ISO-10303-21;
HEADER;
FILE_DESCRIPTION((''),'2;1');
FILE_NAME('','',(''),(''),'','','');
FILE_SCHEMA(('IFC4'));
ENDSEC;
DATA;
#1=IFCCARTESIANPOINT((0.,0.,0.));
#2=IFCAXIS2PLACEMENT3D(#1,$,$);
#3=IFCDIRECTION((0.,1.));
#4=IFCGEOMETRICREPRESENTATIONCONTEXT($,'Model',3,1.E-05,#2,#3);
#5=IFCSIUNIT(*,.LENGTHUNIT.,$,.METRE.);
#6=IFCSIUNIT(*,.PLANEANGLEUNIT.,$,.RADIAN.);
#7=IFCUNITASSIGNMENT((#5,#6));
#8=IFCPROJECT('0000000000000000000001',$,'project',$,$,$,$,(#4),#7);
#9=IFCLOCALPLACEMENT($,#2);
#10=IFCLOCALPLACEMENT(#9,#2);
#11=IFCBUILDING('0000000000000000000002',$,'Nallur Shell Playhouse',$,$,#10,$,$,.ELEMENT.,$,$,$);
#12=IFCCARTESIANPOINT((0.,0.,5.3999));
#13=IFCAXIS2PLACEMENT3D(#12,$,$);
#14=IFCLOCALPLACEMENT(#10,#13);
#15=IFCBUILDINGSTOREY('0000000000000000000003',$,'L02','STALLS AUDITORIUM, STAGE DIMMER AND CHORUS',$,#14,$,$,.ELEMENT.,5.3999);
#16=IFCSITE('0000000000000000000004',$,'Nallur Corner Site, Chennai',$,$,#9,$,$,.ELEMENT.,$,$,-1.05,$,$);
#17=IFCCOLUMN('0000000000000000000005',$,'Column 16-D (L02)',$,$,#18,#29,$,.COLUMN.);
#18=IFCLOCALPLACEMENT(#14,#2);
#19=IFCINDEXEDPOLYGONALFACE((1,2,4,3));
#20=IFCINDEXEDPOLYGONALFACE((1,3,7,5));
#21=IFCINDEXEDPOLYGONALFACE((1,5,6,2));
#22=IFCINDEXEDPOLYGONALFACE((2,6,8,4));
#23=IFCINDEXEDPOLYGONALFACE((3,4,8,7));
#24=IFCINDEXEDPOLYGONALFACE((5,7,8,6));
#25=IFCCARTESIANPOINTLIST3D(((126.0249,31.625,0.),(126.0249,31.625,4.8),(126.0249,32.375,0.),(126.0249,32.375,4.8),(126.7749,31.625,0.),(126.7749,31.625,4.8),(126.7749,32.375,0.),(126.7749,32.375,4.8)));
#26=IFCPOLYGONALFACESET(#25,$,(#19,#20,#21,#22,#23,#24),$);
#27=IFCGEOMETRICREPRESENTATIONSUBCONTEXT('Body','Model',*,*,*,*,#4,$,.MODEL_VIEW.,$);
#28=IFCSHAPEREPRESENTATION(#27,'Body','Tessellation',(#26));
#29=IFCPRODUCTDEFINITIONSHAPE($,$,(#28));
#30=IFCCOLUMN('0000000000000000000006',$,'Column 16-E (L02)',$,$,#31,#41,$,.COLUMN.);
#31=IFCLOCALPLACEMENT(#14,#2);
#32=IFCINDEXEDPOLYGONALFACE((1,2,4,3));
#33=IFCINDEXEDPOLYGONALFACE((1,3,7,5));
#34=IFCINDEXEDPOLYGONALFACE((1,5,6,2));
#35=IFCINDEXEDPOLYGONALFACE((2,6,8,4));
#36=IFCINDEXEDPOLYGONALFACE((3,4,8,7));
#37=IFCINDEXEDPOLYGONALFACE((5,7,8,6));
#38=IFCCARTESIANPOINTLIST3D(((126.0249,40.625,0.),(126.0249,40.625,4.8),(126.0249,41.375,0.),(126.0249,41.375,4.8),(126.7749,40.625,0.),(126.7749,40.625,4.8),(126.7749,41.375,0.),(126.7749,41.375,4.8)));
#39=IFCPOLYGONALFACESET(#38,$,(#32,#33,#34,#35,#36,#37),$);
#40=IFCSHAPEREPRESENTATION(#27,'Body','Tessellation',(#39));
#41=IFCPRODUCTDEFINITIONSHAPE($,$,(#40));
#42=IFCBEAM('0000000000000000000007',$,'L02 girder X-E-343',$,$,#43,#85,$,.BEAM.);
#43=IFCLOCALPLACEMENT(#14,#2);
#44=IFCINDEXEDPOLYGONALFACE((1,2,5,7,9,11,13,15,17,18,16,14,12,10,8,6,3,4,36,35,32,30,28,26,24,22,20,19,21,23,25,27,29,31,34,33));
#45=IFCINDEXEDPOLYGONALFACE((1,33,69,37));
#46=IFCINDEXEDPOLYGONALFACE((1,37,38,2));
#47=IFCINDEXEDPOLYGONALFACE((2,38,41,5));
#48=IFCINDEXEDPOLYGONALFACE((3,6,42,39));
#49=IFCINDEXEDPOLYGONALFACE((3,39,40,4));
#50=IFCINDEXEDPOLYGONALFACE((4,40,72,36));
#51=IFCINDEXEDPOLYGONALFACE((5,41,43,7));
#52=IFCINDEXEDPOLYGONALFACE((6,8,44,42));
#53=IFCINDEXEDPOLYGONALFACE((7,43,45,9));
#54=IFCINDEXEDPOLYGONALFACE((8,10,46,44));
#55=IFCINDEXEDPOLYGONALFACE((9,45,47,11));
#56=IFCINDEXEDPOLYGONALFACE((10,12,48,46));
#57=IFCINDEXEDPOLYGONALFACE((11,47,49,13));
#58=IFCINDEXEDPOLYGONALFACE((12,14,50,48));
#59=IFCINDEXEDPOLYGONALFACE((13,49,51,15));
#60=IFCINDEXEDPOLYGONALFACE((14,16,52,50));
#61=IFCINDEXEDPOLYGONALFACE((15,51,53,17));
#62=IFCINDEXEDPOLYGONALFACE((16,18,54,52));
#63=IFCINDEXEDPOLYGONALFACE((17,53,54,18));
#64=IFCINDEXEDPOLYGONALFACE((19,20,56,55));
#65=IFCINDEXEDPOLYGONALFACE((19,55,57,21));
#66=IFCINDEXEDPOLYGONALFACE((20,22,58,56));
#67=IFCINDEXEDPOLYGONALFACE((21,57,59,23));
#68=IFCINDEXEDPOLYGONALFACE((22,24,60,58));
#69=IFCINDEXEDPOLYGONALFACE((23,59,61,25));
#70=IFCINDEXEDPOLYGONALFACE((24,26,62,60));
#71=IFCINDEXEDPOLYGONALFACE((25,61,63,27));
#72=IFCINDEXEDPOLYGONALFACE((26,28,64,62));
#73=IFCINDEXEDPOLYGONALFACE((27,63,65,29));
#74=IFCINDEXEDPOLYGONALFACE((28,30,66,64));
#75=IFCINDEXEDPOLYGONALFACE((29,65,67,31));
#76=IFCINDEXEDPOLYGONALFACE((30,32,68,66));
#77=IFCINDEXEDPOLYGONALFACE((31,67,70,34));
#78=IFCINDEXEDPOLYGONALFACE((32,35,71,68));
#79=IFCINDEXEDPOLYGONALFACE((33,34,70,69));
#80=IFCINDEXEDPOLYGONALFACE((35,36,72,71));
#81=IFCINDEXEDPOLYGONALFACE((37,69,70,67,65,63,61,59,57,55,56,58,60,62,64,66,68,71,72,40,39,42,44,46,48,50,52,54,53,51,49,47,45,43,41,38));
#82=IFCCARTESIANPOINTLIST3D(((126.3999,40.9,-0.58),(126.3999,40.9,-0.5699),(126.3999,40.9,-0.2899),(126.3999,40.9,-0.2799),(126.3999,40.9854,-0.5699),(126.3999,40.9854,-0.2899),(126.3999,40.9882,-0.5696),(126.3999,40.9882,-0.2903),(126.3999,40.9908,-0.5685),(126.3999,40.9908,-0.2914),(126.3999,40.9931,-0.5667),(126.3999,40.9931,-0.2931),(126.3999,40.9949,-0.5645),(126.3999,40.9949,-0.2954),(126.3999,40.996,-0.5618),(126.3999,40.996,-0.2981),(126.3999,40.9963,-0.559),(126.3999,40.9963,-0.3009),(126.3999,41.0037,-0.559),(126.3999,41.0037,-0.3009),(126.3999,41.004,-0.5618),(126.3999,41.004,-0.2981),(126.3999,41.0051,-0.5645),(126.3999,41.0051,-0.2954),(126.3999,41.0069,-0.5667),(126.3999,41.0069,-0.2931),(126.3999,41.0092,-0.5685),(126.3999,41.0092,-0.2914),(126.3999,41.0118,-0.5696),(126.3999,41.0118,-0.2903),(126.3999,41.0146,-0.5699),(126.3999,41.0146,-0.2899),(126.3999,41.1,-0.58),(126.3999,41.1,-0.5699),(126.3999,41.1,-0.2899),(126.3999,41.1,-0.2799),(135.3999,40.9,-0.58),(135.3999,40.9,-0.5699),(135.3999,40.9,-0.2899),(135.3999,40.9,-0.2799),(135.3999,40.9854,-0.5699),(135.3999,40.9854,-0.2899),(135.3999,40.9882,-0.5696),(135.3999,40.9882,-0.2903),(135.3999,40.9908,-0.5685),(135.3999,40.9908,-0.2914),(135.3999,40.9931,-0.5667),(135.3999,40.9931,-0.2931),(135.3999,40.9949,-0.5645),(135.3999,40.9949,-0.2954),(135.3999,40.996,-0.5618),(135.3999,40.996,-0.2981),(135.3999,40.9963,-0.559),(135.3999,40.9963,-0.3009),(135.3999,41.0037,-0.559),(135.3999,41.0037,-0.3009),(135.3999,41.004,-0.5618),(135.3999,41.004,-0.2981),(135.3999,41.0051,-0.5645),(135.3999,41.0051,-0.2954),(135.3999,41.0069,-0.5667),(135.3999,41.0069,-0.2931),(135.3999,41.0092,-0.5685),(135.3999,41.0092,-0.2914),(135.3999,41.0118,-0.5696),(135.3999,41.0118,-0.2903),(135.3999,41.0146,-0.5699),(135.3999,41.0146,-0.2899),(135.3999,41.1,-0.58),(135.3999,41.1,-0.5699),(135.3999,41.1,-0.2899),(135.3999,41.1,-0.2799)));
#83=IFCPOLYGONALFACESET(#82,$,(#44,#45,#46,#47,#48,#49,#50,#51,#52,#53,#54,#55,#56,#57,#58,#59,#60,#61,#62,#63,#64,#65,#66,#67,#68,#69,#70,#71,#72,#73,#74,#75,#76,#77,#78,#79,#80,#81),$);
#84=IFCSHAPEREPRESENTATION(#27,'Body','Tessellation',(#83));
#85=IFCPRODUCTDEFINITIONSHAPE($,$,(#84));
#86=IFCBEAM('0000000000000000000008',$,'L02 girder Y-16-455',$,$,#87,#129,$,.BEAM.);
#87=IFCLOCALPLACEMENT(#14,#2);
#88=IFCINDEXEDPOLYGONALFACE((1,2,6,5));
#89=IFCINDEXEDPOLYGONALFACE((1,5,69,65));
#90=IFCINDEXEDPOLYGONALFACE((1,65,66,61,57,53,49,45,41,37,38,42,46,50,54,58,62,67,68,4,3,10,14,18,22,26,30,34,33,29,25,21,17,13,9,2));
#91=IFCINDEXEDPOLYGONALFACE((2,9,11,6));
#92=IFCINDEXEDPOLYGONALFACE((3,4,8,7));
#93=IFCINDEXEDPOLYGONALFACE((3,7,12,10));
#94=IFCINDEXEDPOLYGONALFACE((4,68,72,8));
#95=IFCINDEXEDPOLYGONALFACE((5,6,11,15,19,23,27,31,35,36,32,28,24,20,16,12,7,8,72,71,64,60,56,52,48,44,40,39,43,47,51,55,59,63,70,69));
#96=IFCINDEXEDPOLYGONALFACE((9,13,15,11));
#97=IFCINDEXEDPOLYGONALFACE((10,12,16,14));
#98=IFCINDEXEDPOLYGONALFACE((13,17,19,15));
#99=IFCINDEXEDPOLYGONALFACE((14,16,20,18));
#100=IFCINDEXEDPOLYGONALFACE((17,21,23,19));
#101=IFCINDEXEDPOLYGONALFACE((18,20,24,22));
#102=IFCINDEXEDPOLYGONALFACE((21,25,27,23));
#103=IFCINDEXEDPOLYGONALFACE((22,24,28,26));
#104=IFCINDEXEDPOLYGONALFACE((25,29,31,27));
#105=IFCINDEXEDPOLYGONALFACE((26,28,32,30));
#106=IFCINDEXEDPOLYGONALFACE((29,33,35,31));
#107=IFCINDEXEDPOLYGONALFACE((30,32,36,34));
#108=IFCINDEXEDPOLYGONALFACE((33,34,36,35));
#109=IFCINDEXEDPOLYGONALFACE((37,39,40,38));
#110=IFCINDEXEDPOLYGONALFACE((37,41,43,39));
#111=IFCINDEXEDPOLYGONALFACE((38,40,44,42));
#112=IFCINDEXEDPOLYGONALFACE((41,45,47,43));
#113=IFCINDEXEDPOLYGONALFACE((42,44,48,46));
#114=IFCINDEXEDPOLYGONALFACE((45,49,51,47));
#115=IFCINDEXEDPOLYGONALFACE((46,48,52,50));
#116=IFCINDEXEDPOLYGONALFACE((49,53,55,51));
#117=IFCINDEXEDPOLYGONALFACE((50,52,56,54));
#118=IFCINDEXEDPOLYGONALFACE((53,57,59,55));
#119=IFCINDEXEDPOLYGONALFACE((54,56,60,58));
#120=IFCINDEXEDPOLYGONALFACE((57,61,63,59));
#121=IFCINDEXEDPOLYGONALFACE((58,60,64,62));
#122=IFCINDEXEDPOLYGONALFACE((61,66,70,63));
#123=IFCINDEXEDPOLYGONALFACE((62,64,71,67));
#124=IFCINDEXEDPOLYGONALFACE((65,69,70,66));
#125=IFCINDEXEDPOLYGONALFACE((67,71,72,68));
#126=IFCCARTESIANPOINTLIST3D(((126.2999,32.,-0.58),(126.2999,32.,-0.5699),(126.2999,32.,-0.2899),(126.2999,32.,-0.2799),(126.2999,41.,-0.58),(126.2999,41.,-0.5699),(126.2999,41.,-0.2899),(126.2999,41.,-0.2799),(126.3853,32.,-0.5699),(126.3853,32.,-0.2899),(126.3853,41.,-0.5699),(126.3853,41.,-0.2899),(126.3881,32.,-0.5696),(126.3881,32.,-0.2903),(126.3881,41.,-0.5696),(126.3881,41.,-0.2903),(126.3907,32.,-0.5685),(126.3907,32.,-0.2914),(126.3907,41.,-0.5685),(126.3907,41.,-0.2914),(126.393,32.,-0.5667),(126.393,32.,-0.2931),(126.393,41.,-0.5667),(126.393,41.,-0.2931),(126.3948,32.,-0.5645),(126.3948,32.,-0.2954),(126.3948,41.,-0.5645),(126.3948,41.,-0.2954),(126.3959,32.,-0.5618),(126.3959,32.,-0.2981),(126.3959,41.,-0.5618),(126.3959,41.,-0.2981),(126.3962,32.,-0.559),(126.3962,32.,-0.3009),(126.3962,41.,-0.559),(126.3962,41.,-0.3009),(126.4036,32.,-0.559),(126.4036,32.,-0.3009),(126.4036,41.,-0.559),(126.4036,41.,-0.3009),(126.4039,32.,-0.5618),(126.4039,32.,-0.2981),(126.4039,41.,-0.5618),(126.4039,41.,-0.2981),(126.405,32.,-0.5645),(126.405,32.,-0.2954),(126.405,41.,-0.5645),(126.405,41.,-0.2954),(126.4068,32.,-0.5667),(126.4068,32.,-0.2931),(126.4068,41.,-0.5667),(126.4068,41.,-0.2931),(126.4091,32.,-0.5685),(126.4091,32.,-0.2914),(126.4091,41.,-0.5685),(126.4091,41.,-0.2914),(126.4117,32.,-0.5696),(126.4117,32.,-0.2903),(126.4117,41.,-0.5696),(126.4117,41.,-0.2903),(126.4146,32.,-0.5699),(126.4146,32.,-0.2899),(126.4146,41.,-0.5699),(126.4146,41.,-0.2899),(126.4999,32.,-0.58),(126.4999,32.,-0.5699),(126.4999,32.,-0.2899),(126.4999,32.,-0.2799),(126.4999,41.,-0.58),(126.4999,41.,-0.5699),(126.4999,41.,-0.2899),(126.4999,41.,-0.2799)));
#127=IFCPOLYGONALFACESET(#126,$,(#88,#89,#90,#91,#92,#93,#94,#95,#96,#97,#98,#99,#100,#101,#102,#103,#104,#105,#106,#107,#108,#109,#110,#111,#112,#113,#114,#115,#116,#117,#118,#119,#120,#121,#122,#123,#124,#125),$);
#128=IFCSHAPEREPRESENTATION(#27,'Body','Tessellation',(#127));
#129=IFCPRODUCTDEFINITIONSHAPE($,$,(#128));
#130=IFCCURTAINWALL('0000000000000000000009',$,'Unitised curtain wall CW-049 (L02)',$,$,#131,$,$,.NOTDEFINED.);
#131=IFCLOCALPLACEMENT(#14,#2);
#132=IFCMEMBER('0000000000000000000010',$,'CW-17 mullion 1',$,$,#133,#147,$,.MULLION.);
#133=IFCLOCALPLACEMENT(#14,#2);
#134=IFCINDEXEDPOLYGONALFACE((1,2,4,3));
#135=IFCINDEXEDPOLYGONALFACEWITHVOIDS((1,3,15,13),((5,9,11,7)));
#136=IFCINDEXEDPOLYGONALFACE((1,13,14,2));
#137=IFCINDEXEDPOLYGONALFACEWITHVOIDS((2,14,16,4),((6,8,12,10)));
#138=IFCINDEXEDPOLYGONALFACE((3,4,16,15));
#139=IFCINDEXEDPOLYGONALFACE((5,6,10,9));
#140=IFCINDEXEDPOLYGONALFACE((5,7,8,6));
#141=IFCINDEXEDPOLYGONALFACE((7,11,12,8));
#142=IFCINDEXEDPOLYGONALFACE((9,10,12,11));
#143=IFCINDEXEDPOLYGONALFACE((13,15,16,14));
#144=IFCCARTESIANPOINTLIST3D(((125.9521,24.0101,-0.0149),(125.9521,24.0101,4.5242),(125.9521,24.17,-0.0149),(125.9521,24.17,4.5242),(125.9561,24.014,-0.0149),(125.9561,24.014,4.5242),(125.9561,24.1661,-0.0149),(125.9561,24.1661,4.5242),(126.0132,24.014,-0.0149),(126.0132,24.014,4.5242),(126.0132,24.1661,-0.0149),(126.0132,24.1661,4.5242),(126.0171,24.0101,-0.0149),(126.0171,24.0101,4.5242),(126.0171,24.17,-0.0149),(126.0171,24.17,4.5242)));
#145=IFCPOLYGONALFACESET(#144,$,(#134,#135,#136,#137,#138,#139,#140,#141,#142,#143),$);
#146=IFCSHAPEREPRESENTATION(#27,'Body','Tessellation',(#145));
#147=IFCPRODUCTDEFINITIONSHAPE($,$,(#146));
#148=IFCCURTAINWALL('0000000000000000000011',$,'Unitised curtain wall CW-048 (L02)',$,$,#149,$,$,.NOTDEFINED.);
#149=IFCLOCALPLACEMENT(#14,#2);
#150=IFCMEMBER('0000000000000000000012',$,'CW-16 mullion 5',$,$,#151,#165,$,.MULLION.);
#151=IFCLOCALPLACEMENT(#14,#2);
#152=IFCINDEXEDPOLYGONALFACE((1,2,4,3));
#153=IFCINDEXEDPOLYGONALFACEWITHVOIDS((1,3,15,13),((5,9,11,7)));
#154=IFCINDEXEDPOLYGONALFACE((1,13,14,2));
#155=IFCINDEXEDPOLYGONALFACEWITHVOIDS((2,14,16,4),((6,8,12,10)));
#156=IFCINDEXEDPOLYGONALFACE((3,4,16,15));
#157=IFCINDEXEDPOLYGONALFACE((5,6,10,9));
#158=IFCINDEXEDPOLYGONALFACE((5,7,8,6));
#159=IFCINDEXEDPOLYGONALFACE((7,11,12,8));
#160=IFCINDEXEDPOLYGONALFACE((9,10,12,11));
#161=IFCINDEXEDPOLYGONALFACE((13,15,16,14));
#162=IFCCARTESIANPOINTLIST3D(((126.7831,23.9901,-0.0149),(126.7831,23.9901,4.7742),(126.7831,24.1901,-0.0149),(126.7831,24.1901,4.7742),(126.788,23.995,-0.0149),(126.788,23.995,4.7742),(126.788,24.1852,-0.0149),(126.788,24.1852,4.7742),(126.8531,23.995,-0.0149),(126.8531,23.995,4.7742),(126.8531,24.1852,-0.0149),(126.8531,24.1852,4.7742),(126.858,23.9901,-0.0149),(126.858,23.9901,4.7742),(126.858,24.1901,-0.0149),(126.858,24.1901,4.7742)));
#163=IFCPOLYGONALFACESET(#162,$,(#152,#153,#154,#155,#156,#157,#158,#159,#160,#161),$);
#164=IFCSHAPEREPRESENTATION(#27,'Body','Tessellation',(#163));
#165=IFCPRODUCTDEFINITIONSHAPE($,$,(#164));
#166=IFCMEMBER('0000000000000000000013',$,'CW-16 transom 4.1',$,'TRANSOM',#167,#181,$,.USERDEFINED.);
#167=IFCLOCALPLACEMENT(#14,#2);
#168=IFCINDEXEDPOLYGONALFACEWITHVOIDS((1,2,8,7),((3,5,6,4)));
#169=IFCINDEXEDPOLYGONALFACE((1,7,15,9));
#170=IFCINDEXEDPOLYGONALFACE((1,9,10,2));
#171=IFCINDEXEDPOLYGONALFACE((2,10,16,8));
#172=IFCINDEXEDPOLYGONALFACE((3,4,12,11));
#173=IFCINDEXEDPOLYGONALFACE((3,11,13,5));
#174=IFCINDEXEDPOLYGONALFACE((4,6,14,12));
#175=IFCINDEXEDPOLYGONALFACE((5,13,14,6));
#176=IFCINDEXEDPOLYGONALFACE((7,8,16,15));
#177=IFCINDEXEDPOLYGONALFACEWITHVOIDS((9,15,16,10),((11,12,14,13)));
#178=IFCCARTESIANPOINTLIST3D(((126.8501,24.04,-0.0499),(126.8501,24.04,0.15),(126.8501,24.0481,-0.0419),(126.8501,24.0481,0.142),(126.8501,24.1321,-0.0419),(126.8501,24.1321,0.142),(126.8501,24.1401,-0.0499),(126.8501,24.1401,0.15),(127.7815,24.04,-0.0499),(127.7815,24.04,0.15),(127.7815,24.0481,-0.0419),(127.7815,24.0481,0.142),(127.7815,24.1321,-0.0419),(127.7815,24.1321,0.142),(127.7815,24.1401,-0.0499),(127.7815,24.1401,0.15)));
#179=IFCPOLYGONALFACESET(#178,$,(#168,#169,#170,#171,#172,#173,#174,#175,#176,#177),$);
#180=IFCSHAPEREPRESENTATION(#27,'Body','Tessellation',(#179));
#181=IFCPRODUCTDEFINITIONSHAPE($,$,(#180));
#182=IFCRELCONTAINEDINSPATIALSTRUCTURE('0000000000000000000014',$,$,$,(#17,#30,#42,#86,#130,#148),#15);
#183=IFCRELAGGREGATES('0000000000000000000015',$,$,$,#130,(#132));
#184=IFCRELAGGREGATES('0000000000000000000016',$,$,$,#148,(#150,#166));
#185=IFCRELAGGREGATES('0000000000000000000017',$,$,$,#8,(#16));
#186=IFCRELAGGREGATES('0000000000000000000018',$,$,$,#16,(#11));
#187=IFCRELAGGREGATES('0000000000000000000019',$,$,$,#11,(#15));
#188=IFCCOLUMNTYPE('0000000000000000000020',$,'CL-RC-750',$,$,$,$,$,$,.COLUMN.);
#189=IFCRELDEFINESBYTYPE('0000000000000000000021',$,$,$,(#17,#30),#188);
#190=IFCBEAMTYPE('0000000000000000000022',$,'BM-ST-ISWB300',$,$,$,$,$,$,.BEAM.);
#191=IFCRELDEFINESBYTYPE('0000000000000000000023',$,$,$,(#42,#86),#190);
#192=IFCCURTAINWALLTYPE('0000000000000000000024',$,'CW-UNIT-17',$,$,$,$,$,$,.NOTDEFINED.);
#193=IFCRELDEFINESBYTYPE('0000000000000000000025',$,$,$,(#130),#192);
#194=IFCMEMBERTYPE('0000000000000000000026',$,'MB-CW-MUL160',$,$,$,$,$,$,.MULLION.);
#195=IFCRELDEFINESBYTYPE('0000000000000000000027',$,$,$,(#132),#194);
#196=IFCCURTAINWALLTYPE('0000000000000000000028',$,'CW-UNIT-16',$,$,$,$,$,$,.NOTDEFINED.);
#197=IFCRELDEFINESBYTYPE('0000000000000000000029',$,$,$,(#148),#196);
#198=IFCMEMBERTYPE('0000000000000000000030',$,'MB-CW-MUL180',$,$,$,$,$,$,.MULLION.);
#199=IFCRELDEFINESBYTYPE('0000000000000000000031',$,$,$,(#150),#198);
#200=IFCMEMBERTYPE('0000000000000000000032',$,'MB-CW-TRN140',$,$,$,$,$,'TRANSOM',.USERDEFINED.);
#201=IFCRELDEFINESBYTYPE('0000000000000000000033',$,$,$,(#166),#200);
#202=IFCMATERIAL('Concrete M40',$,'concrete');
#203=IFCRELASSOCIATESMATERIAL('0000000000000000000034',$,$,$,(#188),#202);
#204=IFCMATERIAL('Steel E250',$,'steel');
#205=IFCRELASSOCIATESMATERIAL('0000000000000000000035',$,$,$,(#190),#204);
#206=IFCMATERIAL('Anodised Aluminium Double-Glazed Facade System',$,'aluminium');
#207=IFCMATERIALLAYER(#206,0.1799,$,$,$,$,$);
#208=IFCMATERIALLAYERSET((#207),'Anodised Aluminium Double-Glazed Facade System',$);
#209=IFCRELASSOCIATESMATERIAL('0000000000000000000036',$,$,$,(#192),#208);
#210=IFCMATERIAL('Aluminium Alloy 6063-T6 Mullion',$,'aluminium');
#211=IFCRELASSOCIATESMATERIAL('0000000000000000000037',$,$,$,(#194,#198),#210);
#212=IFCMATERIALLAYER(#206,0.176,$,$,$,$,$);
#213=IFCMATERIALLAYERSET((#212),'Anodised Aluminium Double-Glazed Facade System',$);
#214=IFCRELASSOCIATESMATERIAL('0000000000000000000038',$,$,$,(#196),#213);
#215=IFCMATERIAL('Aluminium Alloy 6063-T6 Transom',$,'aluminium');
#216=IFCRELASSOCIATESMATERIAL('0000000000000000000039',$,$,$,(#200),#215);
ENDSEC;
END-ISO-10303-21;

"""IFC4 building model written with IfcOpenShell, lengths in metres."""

from ifc_helpers import new_model, si_unit, direction, frame, origin, origin_2d, place, context, subcontext, project, spatial, rectangle, hollow_rectangle, i_section, extrude, material, layer, layer_set, material_profile, profile_set, type_object, element, aggregate, save


model = new_model("IFC4")

# Units and contexts
model_context = context("Model", 3, precision=1e-05, world=origin(), true_north=direction((0.0, 1.0)))
body_context = subcontext(model_context, "Body", "Model", "MODEL_VIEW")
ifc_project = project(units=[si_unit("LENGTHUNIT", "METRE"), si_unit("PLANEANGLEUNIT", "RADIAN")], contexts=[model_context])

# Site, building, storey
site_placement = place(None, origin())
site = spatial("IfcSite", under=ifc_project, at=site_placement, Name="Nallur Corner Site, Chennai", CompositionType="ELEMENT", RefElevation=-1.05)
building_placement = place(site_placement, origin())
building = spatial("IfcBuilding", under=site, at=building_placement, Name="Nallur Shell Playhouse", CompositionType="ELEMENT")
storey_placement = place(building_placement, frame((0.0, 0.0, 5.3999)))
storey = spatial("IfcBuildingStorey", under=building, at=storey_placement, Name="L02", Description="STALLS AUDITORIUM, STAGE DIMMER AND CHORUS", CompositionType="ELEMENT", Elevation=5.3999)

# Columns
ifc_material_1 = material(Name="Concrete M40", Category="concrete")
ifc_material_profile_1 = material_profile(ifc_material_1, rectangle(XDim=0.75, YDim=0.75, at=origin_2d()), Name="RC 750x750")
ifc_profile_set_1 = profile_set([ifc_material_profile_1], Name="Concrete M40")
column_type = type_object("IfcColumnType", Name="CL-RC-750", PredefinedType="COLUMN", material=ifc_profile_set_1)
for number, where, z_axis, x_axis, name in (
    (1, (126.3999, 32.0, 0.0), (0.0, 0.0, 1.0), (1.0, 0.0, 0.0), "Column 16-D (L02)"),
    (2, (126.3999, 41.0, 0.0), (0.0, 0.0, 1.0), (1.0, 0.0, 0.0), "Column 16-E (L02)"),
):
    element("IfcColumn", number, at=place(storey_placement, frame(where, z_axis=z_axis, x_axis=x_axis)), inside=storey, type_object=column_type, Name=name, PredefinedType="COLUMN", context=body_context, shape_type="SweptSolid", body=[
        extrude(rectangle(XDim=0.75, YDim=0.75, at=origin_2d()), origin(), (0.0, 0.0, 1.0), 4.8),
    ])

# Beams
ifc_material_2 = material(Name="Steel E250", Category="steel")
ifc_material_profile_2 = material_profile(ifc_material_2, i_section(OverallWidth=0.2, OverallDepth=0.3, WebThickness=0.0073, FlangeThickness=0.01, FilletRadius=0.011, at=origin_2d()), Name="ISWB 300")
ifc_profile_set_2 = profile_set([ifc_material_profile_2], Name="Steel E250")
beam_type = type_object("IfcBeamType", Name="BM-ST-ISWB300", PredefinedType="BEAM", material=ifc_profile_set_2)
for number, where, z_axis, x_axis, name in (
    (3, (126.3999, 41.0, -0.4299), (1.0, 0.0, 0.0), (0.0, 1.0, 0.0), "L02 girder X-E-343"),
    (4, (126.3999, 32.0, -0.4299), (0.0, 1.0, 0.0), (-1.0, 0.0, 0.0), "L02 girder Y-16-455"),
):
    element("IfcBeam", number, at=place(storey_placement, frame(where, z_axis=z_axis, x_axis=x_axis)), inside=storey, type_object=beam_type, Name=name, PredefinedType="BEAM", context=body_context, shape_type="SweptSolid", body=[
        extrude(i_section(OverallWidth=0.2, OverallDepth=0.3, WebThickness=0.0073, FlangeThickness=0.01, FilletRadius=0.011, at=origin_2d()), origin(), (0.0, 0.0, 1.0), 9.0),
    ])

# Curtain wall, member
ifc_material_3 = material(Name="Anodised Aluminium Double-Glazed Facade System", Category="aluminium")
ifc_layer_1 = layer(ifc_material_3, 0.1799)
ifc_layer_set_1 = layer_set([ifc_layer_1], Name="Anodised Aluminium Double-Glazed Facade System")
curtain_wall_type_1 = type_object("IfcCurtainWallType", Name="CW-UNIT-17", PredefinedType="NOTDEFINED", material=ifc_layer_set_1)
curtain_wall_1_placement = place(storey_placement, origin())
curtain_wall_1 = element("IfcCurtainWall", 5, at=curtain_wall_1_placement, inside=storey, type_object=curtain_wall_type_1, Name="Unitised curtain wall CW-049 (L02)", PredefinedType="NOTDEFINED")
ifc_material_4 = material(Name="Aluminium Alloy 6063-T6 Mullion", Category="aluminium")
ifc_material_profile_3 = material_profile(ifc_material_4, hollow_rectangle(XDim=0.0649, YDim=0.1599, WallThickness=0.0039, at=origin_2d()), Name="ALU 65x160x4")
ifc_profile_set_3 = profile_set([ifc_material_profile_3], Name="Aluminium Alloy 6063-T6 Mullion")
member_type_1 = type_object("IfcMemberType", Name="MB-CW-MUL160", PredefinedType="MULLION", material=ifc_profile_set_3)
member_1_placement = place(storey_placement, frame((125.9846, 24.0901, -0.0149), z_axis=(0.0, 0.0, 1.0), x_axis=(-1.0, 0.0, 0.0)))
member_1 = element("IfcMember", 6, at=member_1_placement, type_object=member_type_1, Name="CW-17 mullion 1", PredefinedType="MULLION", context=body_context, shape_type="SweptSolid", body=[
    extrude(hollow_rectangle(XDim=0.0649, YDim=0.1599, WallThickness=0.0039, at=origin_2d()), origin(), (0.0, 0.0, 1.0), 4.5391),
])
aggregate(curtain_wall_1, [member_1])

# Curtain wall, members
ifc_layer_2 = layer(ifc_material_3, 0.176)
ifc_layer_set_2 = layer_set([ifc_layer_2], Name="Anodised Aluminium Double-Glazed Facade System")
curtain_wall_type_2 = type_object("IfcCurtainWallType", Name="CW-UNIT-16", PredefinedType="NOTDEFINED", material=ifc_layer_set_2)
curtain_wall_2_placement = place(storey_placement, origin())
curtain_wall_2 = element("IfcCurtainWall", 7, at=curtain_wall_2_placement, inside=storey, type_object=curtain_wall_type_2, Name="Unitised curtain wall CW-048 (L02)", PredefinedType="NOTDEFINED")
ifc_material_profile_4 = material_profile(ifc_material_4, hollow_rectangle(XDim=0.075, YDim=0.2, WallThickness=0.0049, at=origin_2d()), Name="ALU 75x200x5")
ifc_profile_set_4 = profile_set([ifc_material_profile_4], Name="Aluminium Alloy 6063-T6 Mullion")
member_type_2 = type_object("IfcMemberType", Name="MB-CW-MUL180", PredefinedType="MULLION", material=ifc_profile_set_4)
member_2_placement = place(storey_placement, frame((126.8206, 24.0901, -0.0149), z_axis=(0.0, 0.0, 1.0), x_axis=(-1.0, 0.0, 0.0)))
member_2 = element("IfcMember", 8, at=member_2_placement, type_object=member_type_2, Name="CW-16 mullion 5", PredefinedType="MULLION", context=body_context, shape_type="SweptSolid", body=[
    extrude(hollow_rectangle(XDim=0.075, YDim=0.2, WallThickness=0.0049, at=origin_2d()), origin(), (0.0, 0.0, 1.0), 4.7891),
])
ifc_material_5 = material(Name="Aluminium Alloy 6063-T6 Transom", Category="aluminium")
ifc_material_profile_5 = material_profile(ifc_material_5, hollow_rectangle(XDim=0.1001, YDim=0.2, WallThickness=0.0081, at=origin_2d()), Name="RHS 200x100x8")
ifc_profile_set_5 = profile_set([ifc_material_profile_5], Name="Aluminium Alloy 6063-T6 Transom")
member_type_3 = type_object("IfcMemberType", Name="MB-CW-TRN140", ElementType="TRANSOM", PredefinedType="USERDEFINED", material=ifc_profile_set_5)
member_3_placement = place(storey_placement, frame((127.7815, 24.0901, 0.05), z_axis=(-1.0, 0.0, 0.0), x_axis=(0.0, -1.0, 0.0)))
member_3 = element("IfcMember", 9, at=member_3_placement, type_object=member_type_3, Name="CW-16 transom 4.1", ObjectType="TRANSOM", PredefinedType="USERDEFINED", context=body_context, shape_type="SweptSolid", body=[
    extrude(hollow_rectangle(XDim=0.1001, YDim=0.2, WallThickness=0.0081, at=origin_2d()), origin(), (0.0, 0.0, 1.0), 0.9314),
])

aggregate(curtain_wall_2, [member_2, member_3])

save(model, "model.ifc")
